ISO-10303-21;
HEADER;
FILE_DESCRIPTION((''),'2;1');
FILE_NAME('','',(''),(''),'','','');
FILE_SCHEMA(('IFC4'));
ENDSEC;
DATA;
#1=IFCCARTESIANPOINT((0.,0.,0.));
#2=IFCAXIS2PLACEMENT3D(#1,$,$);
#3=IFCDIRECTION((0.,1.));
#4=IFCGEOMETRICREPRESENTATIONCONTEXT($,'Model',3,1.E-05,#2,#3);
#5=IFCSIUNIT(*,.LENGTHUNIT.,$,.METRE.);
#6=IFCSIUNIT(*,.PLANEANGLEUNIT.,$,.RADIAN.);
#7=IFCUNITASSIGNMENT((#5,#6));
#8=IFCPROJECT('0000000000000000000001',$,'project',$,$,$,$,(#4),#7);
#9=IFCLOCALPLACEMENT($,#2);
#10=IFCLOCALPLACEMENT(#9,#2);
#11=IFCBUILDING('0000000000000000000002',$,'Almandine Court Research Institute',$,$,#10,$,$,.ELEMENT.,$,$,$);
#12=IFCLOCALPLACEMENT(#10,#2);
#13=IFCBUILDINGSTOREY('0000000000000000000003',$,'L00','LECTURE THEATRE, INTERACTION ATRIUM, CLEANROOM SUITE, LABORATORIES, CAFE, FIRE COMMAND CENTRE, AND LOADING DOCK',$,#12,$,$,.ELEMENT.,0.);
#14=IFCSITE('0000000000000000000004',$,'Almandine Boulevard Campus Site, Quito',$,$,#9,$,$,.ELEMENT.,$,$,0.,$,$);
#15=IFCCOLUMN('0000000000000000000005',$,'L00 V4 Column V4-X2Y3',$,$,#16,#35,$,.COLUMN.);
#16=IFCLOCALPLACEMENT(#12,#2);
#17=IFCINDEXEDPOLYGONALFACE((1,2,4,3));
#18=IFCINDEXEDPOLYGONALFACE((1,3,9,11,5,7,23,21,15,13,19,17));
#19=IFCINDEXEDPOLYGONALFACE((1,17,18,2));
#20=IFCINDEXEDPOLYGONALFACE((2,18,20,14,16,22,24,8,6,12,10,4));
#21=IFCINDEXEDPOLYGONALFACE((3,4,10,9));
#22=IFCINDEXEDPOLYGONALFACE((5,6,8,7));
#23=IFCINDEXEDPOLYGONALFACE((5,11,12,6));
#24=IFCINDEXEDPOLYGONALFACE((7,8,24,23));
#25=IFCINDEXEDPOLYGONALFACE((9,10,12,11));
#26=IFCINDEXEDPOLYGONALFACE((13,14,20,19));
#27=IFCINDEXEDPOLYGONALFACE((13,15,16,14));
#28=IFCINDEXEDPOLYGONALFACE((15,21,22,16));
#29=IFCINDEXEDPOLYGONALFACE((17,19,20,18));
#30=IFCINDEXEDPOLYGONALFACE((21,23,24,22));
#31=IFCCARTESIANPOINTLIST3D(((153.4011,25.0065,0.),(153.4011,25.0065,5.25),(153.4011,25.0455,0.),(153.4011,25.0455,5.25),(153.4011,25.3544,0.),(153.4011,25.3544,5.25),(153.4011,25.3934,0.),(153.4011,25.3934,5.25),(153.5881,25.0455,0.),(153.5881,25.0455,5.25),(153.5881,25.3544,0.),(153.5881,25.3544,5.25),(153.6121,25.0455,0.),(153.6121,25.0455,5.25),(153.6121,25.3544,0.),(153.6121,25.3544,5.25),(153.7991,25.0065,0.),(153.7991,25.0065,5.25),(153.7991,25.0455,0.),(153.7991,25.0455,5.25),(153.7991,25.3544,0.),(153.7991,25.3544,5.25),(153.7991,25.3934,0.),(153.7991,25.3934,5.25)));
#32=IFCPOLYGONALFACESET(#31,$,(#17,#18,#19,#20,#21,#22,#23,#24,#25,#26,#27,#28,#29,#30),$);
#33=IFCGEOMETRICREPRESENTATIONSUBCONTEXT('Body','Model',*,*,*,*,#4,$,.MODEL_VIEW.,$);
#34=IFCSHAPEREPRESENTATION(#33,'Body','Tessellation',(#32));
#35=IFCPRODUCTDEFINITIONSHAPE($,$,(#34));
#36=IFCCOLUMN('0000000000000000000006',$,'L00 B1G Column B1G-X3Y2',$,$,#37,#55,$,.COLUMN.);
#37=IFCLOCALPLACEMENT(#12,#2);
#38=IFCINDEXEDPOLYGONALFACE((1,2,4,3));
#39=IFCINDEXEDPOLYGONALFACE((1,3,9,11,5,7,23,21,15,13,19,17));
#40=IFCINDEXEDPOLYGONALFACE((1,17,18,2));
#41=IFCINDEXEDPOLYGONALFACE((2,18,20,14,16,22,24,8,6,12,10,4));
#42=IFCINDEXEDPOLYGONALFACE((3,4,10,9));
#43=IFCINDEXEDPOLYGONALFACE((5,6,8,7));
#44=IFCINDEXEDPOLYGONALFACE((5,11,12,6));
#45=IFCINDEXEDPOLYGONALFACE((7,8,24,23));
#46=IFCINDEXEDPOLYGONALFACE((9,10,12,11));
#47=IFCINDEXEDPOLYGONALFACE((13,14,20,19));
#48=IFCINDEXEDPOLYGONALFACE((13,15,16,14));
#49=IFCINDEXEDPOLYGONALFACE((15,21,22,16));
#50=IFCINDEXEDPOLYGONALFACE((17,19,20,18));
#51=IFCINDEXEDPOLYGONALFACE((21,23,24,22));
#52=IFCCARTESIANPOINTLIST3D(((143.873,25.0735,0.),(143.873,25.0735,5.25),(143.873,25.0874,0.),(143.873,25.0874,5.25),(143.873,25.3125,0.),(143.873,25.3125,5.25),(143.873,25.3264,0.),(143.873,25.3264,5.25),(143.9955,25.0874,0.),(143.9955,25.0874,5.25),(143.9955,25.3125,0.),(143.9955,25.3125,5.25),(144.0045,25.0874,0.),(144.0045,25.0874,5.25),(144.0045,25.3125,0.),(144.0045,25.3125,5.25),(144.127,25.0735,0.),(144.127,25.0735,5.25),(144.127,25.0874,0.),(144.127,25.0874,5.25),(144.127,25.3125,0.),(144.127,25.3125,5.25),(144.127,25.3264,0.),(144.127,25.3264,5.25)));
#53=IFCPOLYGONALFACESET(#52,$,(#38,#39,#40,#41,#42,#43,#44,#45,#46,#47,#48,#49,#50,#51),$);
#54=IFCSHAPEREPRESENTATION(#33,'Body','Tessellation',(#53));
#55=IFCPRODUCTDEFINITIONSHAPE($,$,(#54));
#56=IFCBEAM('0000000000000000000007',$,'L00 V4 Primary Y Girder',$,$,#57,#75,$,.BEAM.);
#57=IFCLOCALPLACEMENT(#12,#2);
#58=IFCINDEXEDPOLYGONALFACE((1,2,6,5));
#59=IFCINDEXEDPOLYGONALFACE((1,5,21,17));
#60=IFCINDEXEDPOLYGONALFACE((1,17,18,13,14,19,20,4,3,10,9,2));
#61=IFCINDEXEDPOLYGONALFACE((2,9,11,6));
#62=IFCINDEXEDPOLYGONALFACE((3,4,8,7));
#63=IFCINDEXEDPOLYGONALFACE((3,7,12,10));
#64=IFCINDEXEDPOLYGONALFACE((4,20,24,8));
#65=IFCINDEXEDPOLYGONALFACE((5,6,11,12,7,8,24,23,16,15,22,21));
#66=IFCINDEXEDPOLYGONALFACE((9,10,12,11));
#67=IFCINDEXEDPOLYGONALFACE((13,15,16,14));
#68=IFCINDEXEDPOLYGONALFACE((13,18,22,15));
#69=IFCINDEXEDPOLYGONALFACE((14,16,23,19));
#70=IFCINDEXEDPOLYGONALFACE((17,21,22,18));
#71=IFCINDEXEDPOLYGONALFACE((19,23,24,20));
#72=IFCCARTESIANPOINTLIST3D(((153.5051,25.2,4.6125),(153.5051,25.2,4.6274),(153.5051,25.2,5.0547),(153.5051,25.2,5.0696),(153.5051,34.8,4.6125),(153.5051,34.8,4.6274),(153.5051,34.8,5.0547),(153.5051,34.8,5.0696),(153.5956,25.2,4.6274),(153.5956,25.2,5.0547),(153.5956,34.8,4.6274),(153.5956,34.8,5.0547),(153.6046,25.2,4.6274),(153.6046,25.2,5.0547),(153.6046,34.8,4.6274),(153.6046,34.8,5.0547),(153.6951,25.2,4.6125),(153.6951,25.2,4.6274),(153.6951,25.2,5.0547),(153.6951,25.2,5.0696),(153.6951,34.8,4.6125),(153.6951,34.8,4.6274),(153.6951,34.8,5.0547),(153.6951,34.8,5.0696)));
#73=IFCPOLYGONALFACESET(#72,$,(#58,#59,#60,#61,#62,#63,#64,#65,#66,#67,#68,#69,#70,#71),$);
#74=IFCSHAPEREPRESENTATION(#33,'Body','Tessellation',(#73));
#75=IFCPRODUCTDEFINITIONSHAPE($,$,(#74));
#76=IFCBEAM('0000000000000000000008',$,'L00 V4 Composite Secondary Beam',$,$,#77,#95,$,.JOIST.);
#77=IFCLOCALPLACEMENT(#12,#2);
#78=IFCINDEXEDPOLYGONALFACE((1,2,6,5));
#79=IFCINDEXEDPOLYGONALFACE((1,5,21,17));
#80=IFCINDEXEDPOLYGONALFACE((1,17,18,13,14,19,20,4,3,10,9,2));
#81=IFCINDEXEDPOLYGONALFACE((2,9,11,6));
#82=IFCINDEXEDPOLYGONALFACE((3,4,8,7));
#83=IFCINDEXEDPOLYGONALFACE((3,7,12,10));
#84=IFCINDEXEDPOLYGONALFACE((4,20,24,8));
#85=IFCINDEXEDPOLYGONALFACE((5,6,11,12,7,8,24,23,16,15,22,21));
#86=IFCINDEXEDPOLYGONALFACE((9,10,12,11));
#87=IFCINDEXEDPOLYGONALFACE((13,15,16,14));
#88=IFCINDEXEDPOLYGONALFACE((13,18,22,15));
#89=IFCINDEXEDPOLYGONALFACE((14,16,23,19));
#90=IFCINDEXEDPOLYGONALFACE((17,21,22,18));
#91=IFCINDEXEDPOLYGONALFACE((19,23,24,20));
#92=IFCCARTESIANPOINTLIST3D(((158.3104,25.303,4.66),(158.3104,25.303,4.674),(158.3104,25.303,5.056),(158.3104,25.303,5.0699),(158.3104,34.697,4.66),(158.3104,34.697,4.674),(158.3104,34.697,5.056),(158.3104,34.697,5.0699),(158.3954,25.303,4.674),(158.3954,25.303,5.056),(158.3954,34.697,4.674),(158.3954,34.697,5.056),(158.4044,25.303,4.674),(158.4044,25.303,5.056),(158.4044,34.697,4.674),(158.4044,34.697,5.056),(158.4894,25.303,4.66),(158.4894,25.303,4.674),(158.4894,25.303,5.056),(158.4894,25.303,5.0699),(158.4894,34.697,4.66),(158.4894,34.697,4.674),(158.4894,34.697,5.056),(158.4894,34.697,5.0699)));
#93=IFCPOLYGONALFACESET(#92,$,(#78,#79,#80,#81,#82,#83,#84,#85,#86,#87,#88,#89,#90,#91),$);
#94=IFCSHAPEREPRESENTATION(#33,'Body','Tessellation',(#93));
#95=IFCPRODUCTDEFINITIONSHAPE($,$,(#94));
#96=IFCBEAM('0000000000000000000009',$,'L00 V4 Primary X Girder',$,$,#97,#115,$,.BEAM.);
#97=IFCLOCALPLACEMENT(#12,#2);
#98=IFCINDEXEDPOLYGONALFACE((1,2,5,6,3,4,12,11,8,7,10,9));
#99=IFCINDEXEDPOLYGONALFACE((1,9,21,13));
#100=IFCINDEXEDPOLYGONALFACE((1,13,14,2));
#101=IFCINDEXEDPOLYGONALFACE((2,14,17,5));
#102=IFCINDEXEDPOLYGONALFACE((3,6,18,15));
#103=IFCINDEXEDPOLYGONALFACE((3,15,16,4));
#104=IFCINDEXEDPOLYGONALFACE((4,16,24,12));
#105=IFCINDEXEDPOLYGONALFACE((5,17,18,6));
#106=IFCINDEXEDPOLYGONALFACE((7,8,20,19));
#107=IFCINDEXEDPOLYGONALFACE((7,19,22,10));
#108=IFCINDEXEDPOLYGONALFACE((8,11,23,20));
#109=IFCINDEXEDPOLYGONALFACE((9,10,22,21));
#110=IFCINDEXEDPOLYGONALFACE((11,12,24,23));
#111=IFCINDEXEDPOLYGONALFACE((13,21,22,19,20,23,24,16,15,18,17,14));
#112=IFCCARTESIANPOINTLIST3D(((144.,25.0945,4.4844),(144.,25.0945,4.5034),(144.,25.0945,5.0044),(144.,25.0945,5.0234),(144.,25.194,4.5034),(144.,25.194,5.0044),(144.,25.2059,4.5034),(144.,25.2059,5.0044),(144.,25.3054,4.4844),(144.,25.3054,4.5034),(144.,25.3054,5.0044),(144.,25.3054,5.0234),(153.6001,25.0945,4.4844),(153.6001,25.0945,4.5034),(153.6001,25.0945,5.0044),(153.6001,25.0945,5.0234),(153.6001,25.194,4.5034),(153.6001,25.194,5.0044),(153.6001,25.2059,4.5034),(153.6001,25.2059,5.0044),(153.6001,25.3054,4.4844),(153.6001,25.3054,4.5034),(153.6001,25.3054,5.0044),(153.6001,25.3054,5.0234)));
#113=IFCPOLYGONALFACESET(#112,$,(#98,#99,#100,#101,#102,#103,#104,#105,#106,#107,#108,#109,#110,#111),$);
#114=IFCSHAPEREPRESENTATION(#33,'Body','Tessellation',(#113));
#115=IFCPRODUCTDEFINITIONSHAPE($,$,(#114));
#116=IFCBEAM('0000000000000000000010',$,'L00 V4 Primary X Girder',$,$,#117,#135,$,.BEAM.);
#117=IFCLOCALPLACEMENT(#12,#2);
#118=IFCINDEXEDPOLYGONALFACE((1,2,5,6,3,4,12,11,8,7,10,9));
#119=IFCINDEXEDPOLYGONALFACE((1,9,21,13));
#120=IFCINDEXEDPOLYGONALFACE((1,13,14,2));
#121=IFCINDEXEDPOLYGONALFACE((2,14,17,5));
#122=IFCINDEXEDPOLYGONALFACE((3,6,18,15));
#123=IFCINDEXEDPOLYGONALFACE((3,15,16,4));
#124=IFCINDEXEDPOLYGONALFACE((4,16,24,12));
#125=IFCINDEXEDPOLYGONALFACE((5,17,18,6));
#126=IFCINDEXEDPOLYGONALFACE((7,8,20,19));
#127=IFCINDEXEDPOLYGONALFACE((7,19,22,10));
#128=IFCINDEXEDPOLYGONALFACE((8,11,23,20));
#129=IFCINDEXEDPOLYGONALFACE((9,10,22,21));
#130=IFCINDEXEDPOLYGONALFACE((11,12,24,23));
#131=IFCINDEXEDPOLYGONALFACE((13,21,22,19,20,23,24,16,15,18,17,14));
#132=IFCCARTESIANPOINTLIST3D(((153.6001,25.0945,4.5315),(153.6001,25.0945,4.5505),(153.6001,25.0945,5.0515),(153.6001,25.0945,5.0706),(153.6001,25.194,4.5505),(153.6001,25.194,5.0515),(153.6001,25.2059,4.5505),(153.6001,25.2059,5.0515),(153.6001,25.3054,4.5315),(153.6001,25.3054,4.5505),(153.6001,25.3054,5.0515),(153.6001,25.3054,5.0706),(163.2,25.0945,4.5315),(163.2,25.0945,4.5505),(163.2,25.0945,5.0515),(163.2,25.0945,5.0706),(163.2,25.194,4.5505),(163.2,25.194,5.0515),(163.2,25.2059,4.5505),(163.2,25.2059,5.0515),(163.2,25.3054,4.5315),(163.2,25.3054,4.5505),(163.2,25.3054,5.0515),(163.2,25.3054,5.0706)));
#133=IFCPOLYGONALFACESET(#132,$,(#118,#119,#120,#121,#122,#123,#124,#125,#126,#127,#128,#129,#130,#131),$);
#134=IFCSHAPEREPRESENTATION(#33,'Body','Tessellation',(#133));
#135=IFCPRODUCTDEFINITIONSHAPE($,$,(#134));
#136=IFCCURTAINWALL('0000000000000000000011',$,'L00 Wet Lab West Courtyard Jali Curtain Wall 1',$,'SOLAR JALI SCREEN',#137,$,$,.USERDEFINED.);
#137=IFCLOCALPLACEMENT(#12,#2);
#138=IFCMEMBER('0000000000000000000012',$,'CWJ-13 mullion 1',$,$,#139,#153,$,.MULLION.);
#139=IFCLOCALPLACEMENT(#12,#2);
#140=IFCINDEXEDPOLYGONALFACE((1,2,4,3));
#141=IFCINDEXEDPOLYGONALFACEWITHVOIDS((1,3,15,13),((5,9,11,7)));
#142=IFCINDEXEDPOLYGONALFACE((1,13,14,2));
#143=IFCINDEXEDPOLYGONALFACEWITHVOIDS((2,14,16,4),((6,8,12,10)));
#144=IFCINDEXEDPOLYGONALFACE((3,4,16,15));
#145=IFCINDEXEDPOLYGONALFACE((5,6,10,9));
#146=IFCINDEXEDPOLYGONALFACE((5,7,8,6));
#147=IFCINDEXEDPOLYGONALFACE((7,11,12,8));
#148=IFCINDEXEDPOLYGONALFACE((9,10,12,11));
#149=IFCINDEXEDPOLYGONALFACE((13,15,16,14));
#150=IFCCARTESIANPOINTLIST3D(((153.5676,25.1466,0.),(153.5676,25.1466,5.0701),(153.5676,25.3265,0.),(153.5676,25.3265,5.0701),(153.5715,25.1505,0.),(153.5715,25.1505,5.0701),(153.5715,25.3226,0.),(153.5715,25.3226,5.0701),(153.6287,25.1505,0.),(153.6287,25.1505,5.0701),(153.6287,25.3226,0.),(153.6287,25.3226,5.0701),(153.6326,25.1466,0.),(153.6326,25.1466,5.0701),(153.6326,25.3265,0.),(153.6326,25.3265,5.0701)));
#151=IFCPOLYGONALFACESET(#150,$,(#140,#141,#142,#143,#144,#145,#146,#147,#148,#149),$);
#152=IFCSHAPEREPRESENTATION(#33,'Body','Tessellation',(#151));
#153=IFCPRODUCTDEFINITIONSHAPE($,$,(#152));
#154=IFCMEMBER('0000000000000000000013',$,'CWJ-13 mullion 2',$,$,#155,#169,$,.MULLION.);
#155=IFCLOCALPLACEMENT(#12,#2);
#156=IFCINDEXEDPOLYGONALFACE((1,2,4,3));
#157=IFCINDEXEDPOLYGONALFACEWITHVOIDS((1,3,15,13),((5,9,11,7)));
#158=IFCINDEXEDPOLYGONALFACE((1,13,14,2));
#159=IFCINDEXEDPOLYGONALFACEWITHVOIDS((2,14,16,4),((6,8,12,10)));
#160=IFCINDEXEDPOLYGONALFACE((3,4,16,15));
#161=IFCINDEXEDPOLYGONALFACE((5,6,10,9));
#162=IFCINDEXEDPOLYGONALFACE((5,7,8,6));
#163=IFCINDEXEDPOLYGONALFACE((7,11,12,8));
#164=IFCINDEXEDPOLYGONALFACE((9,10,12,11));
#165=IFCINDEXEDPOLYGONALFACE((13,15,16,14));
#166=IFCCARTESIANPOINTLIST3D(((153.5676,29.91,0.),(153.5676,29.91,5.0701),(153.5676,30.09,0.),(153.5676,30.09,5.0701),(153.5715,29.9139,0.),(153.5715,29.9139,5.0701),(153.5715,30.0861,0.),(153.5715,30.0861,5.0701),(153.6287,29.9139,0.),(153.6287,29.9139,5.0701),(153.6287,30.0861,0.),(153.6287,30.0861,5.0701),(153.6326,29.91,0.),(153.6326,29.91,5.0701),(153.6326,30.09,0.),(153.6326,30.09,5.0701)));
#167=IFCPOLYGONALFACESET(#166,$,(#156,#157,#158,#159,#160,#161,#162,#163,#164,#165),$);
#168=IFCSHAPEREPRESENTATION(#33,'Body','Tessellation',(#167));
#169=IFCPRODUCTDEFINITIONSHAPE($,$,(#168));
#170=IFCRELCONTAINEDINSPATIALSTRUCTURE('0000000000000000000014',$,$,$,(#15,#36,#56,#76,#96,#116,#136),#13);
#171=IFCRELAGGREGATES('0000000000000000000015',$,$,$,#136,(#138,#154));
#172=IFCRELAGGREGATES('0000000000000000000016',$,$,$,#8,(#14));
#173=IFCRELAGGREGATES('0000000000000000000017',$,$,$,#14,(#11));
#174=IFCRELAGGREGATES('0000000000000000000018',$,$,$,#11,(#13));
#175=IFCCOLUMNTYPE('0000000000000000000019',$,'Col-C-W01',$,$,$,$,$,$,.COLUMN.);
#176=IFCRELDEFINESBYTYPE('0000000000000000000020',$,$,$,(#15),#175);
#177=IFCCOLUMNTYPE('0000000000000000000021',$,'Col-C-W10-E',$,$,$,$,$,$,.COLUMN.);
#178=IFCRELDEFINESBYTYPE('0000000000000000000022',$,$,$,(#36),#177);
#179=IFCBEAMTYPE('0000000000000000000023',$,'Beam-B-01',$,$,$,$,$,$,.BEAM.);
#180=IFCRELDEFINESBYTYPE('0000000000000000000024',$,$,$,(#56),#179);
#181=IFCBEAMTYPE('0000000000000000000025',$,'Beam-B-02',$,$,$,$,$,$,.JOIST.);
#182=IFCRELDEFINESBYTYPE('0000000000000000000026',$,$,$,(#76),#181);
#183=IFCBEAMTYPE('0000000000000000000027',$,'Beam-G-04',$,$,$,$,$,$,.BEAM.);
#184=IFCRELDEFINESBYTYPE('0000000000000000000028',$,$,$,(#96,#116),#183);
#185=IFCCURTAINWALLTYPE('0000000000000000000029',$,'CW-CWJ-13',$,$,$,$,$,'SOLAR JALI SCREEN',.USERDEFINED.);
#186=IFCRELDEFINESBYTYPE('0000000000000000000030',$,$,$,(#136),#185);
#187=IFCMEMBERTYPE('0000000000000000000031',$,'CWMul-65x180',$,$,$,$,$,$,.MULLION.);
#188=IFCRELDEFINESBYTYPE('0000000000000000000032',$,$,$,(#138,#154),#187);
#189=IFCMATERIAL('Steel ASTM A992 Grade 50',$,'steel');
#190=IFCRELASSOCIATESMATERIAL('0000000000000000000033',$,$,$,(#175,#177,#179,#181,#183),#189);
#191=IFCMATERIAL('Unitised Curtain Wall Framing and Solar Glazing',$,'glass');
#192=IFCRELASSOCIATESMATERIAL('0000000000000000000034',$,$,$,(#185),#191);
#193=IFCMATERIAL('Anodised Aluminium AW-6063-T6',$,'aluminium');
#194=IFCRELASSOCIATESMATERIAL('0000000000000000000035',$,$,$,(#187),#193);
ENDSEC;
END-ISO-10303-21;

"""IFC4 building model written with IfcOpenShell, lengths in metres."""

from ifc_helpers import new_model, si_unit, direction, frame, origin, origin_2d, place, context, subcontext, project, spatial, hollow_rectangle, i_section, extrude, material, material_profile, profile_set, type_object, element, aggregate, save


model = new_model("IFC4")

# Units and contexts
model_context = context("Model", 3, precision=1e-05, world=origin(), true_north=direction((0.0, 1.0)))
body_context = subcontext(model_context, "Body", "Model", "MODEL_VIEW")
ifc_project = project(units=[si_unit("LENGTHUNIT", "METRE"), si_unit("PLANEANGLEUNIT", "RADIAN")], contexts=[model_context])

# Site, building, storey
site_placement = place(None, origin())
site = spatial("IfcSite", under=ifc_project, at=site_placement, Name="Almandine Boulevard Campus Site, Quito", CompositionType="ELEMENT", RefElevation=0.0)
building_placement = place(site_placement, origin())
building = spatial("IfcBuilding", under=site, at=building_placement, Name="Almandine Court Research Institute", CompositionType="ELEMENT")
storey_placement = place(building_placement, origin())
storey = spatial("IfcBuildingStorey", under=building, at=storey_placement, Name="L00", Description="LECTURE THEATRE, INTERACTION ATRIUM, CLEANROOM SUITE, LABORATORIES, CAFE, FIRE COMMAND CENTRE, AND LOADING DOCK", CompositionType="ELEMENT", Elevation=0.0)

# Columns
ifc_material_1 = material(Name="Steel ASTM A992 Grade 50", Category="steel")
ifc_material_profile_1 = material_profile(ifc_material_1, i_section(OverallWidth=0.3979, OverallDepth=0.387, WebThickness=0.0239, FlangeThickness=0.0391, at=origin_2d()), Name="W360x262")
ifc_profile_set_1 = profile_set([ifc_material_profile_1], Name="Steel ASTM A992 Grade 50")
column_type_1 = type_object("IfcColumnType", Name="Col-C-W01", PredefinedType="COLUMN", material=ifc_profile_set_1)
column_1_placement = place(storey_placement, frame((153.6001, 25.2, 0.0), z_axis=(0.0, 0.0, 1.0), x_axis=(1.0, 0.0, 0.0)))
element("IfcColumn", 1, at=column_1_placement, inside=storey, type_object=column_type_1, Name="L00 V4 Column V4-X2Y3", PredefinedType="COLUMN", context=body_context, shape_type="SweptSolid", body=[
    extrude(i_section(OverallWidth=0.3979, OverallDepth=0.387, WebThickness=0.0239, FlangeThickness=0.0391, at=origin_2d()), origin(), (0.0, 0.0, 1.0), 5.25),
])
ifc_material_profile_2 = material_profile(ifc_material_1, i_section(OverallWidth=0.2539, OverallDepth=0.2529, WebThickness=0.009, FlangeThickness=0.0139, at=origin_2d()), Name="W250x73")
ifc_profile_set_2 = profile_set([ifc_material_profile_2], Name="Steel ASTM A992 Grade 50")
column_type_2 = type_object("IfcColumnType", Name="Col-C-W10-E", PredefinedType="COLUMN", material=ifc_profile_set_2)
column_2_placement = place(storey_placement, frame((144.0, 25.2, 0.0), z_axis=(0.0, 0.0, 1.0), x_axis=(1.0, 0.0, 0.0)))
element("IfcColumn", 2, at=column_2_placement, inside=storey, type_object=column_type_2, Name="L00 B1G Column B1G-X3Y2", PredefinedType="COLUMN", context=body_context, shape_type="SweptSolid", body=[
    extrude(i_section(OverallWidth=0.2539, OverallDepth=0.2529, WebThickness=0.009, FlangeThickness=0.0139, at=origin_2d()), origin(), (0.0, 0.0, 1.0), 5.25),
])

# Beams
ifc_material_profile_3 = material_profile(ifc_material_1, i_section(OverallWidth=0.1899, OverallDepth=0.457, WebThickness=0.009, FlangeThickness=0.0149, at=origin_2d()), Name="W460x74")
ifc_profile_set_3 = profile_set([ifc_material_profile_3], Name="Steel ASTM A992 Grade 50")
beam_type_1 = type_object("IfcBeamType", Name="Beam-B-01", PredefinedType="BEAM", material=ifc_profile_set_3)
beam_1_placement = place(storey_placement, frame((153.6001, 25.2, 4.8411), z_axis=(0.0, 1.0, 0.0), x_axis=(-1.0, 0.0, 0.0)))
element("IfcBeam", 3, at=beam_1_placement, inside=storey, type_object=beam_type_1, Name="L00 V4 Primary Y Girder", PredefinedType="BEAM", context=body_context, shape_type="SweptSolid", body=[
    extrude(i_section(OverallWidth=0.1899, OverallDepth=0.457, WebThickness=0.009, FlangeThickness=0.0149, at=origin_2d()), origin(), (0.0, 0.0, 1.0), 9.6001),
])
ifc_material_profile_4 = material_profile(ifc_material_1, i_section(OverallWidth=0.179, OverallDepth=0.4099, WebThickness=0.009, FlangeThickness=0.0139, at=origin_2d()), Name="W410x67")
ifc_profile_set_4 = profile_set([ifc_material_profile_4], Name="Steel ASTM A992 Grade 50")
beam_type_2 = type_object("IfcBeamType", Name="Beam-B-02", PredefinedType="JOIST", material=ifc_profile_set_4)
beam_2_placement = place(storey_placement, frame((158.3999, 25.303, 4.865), z_axis=(0.0, 1.0, 0.0), x_axis=(-1.0, 0.0, 0.0)))
element("IfcBeam", 4, at=beam_2_placement, inside=storey, type_object=beam_type_2, Name="L00 V4 Composite Secondary Beam", PredefinedType="JOIST", context=body_context, shape_type="SweptSolid", body=[
    extrude(i_section(OverallWidth=0.179, OverallDepth=0.4099, WebThickness=0.009, FlangeThickness=0.0139, at=origin_2d()), origin(), (0.0, 0.0, 1.0), 9.394),
])
ifc_material_profile_5 = material_profile(ifc_material_1, i_section(OverallWidth=0.2109, OverallDepth=0.5391, WebThickness=0.012, FlangeThickness=0.019, at=origin_2d()), Name="W530x109")
ifc_profile_set_5 = profile_set([ifc_material_profile_5], Name="Steel ASTM A992 Grade 50")
beam_type_3 = type_object("IfcBeamType", Name="Beam-G-04", PredefinedType="BEAM", material=ifc_profile_set_5)
beam_3_placement = place(storey_placement, frame((144.0, 25.2, 4.7539), z_axis=(1.0, 0.0, 0.0), x_axis=(0.0, 1.0, 0.0)))
element("IfcBeam", 5, at=beam_3_placement, inside=storey, type_object=beam_type_3, Name="L00 V4 Primary X Girder", PredefinedType="BEAM", context=body_context, shape_type="SweptSolid", body=[
    extrude(i_section(OverallWidth=0.2109, OverallDepth=0.5391, WebThickness=0.012, FlangeThickness=0.019, at=origin_2d()), origin(), (0.0, 0.0, 1.0), 9.6001),
])
beam_4_placement = place(storey_placement, frame((153.6001, 25.2, 4.801), z_axis=(1.0, 0.0, 0.0), x_axis=(0.0, 1.0, 0.0)))
element("IfcBeam", 6, at=beam_4_placement, inside=storey, type_object=beam_type_3, Name="L00 V4 Primary X Girder", PredefinedType="BEAM", context=body_context, shape_type="SweptSolid", body=[
    extrude(i_section(OverallWidth=0.2109, OverallDepth=0.5391, WebThickness=0.012, FlangeThickness=0.019, at=origin_2d()), origin(), (0.0, 0.0, 1.0), 9.5999),
])

# Curtain wall, members
ifc_material_2 = material(Name="Unitised Curtain Wall Framing and Solar Glazing", Category="glass")
curtain_wall_type = type_object("IfcCurtainWallType", Name="CW-CWJ-13", ElementType="SOLAR JALI SCREEN", PredefinedType="USERDEFINED", material=ifc_material_2)
curtain_wall_placement = place(storey_placement, origin())
curtain_wall = element("IfcCurtainWall", 7, at=curtain_wall_placement, inside=storey, type_object=curtain_wall_type, Name="L00 Wet Lab West Courtyard Jali Curtain Wall 1", ObjectType="SOLAR JALI SCREEN", PredefinedType="USERDEFINED")
ifc_material_3 = material(Name="Anodised Aluminium AW-6063-T6", Category="aluminium")
ifc_material_profile_6 = material_profile(ifc_material_3, hollow_rectangle(XDim=0.0649, YDim=0.1799, WallThickness=0.0039, at=origin_2d()), Name="ALU RHS 65x180x4")
ifc_profile_set_6 = profile_set([ifc_material_profile_6], Name="Anodised Aluminium AW-6063-T6")
member_type_1 = type_object("IfcMemberType", Name="CWMul-65x180", PredefinedType="MULLION", material=ifc_profile_set_6)
member_1_placement = place(storey_placement, frame((153.6001, 25.2366, 0.0), z_axis=(0.0, 0.0, 1.0), x_axis=(-1.0, 0.0, 0.0)))
member_1 = element("IfcMember", 8, at=member_1_placement, type_object=member_type_1, Name="CWJ-13 mullion 1", PredefinedType="MULLION", context=body_context, shape_type="SweptSolid", body=[
    extrude(hollow_rectangle(XDim=0.0649, YDim=0.1799, WallThickness=0.0039, at=origin_2d()), origin(), (0.0, 0.0, 1.0), 5.0701),
])
member_2_placement = place(storey_placement, frame((153.6001, 30.0, 0.0), z_axis=(0.0, 0.0, 1.0), x_axis=(-1.0, 0.0, 0.0)))
member_2 = element("IfcMember", 9, at=member_2_placement, type_object=member_type_1, Name="CWJ-13 mullion 2", PredefinedType="MULLION", context=body_context, shape_type="SweptSolid", body=[
    extrude(hollow_rectangle(XDim=0.0649, YDim=0.1799, WallThickness=0.0039, at=origin_2d()), origin(), (0.0, 0.0, 1.0), 5.0701),
])
aggregate(curtain_wall, [member_1, member_2])

save(model, "model.ifc")
